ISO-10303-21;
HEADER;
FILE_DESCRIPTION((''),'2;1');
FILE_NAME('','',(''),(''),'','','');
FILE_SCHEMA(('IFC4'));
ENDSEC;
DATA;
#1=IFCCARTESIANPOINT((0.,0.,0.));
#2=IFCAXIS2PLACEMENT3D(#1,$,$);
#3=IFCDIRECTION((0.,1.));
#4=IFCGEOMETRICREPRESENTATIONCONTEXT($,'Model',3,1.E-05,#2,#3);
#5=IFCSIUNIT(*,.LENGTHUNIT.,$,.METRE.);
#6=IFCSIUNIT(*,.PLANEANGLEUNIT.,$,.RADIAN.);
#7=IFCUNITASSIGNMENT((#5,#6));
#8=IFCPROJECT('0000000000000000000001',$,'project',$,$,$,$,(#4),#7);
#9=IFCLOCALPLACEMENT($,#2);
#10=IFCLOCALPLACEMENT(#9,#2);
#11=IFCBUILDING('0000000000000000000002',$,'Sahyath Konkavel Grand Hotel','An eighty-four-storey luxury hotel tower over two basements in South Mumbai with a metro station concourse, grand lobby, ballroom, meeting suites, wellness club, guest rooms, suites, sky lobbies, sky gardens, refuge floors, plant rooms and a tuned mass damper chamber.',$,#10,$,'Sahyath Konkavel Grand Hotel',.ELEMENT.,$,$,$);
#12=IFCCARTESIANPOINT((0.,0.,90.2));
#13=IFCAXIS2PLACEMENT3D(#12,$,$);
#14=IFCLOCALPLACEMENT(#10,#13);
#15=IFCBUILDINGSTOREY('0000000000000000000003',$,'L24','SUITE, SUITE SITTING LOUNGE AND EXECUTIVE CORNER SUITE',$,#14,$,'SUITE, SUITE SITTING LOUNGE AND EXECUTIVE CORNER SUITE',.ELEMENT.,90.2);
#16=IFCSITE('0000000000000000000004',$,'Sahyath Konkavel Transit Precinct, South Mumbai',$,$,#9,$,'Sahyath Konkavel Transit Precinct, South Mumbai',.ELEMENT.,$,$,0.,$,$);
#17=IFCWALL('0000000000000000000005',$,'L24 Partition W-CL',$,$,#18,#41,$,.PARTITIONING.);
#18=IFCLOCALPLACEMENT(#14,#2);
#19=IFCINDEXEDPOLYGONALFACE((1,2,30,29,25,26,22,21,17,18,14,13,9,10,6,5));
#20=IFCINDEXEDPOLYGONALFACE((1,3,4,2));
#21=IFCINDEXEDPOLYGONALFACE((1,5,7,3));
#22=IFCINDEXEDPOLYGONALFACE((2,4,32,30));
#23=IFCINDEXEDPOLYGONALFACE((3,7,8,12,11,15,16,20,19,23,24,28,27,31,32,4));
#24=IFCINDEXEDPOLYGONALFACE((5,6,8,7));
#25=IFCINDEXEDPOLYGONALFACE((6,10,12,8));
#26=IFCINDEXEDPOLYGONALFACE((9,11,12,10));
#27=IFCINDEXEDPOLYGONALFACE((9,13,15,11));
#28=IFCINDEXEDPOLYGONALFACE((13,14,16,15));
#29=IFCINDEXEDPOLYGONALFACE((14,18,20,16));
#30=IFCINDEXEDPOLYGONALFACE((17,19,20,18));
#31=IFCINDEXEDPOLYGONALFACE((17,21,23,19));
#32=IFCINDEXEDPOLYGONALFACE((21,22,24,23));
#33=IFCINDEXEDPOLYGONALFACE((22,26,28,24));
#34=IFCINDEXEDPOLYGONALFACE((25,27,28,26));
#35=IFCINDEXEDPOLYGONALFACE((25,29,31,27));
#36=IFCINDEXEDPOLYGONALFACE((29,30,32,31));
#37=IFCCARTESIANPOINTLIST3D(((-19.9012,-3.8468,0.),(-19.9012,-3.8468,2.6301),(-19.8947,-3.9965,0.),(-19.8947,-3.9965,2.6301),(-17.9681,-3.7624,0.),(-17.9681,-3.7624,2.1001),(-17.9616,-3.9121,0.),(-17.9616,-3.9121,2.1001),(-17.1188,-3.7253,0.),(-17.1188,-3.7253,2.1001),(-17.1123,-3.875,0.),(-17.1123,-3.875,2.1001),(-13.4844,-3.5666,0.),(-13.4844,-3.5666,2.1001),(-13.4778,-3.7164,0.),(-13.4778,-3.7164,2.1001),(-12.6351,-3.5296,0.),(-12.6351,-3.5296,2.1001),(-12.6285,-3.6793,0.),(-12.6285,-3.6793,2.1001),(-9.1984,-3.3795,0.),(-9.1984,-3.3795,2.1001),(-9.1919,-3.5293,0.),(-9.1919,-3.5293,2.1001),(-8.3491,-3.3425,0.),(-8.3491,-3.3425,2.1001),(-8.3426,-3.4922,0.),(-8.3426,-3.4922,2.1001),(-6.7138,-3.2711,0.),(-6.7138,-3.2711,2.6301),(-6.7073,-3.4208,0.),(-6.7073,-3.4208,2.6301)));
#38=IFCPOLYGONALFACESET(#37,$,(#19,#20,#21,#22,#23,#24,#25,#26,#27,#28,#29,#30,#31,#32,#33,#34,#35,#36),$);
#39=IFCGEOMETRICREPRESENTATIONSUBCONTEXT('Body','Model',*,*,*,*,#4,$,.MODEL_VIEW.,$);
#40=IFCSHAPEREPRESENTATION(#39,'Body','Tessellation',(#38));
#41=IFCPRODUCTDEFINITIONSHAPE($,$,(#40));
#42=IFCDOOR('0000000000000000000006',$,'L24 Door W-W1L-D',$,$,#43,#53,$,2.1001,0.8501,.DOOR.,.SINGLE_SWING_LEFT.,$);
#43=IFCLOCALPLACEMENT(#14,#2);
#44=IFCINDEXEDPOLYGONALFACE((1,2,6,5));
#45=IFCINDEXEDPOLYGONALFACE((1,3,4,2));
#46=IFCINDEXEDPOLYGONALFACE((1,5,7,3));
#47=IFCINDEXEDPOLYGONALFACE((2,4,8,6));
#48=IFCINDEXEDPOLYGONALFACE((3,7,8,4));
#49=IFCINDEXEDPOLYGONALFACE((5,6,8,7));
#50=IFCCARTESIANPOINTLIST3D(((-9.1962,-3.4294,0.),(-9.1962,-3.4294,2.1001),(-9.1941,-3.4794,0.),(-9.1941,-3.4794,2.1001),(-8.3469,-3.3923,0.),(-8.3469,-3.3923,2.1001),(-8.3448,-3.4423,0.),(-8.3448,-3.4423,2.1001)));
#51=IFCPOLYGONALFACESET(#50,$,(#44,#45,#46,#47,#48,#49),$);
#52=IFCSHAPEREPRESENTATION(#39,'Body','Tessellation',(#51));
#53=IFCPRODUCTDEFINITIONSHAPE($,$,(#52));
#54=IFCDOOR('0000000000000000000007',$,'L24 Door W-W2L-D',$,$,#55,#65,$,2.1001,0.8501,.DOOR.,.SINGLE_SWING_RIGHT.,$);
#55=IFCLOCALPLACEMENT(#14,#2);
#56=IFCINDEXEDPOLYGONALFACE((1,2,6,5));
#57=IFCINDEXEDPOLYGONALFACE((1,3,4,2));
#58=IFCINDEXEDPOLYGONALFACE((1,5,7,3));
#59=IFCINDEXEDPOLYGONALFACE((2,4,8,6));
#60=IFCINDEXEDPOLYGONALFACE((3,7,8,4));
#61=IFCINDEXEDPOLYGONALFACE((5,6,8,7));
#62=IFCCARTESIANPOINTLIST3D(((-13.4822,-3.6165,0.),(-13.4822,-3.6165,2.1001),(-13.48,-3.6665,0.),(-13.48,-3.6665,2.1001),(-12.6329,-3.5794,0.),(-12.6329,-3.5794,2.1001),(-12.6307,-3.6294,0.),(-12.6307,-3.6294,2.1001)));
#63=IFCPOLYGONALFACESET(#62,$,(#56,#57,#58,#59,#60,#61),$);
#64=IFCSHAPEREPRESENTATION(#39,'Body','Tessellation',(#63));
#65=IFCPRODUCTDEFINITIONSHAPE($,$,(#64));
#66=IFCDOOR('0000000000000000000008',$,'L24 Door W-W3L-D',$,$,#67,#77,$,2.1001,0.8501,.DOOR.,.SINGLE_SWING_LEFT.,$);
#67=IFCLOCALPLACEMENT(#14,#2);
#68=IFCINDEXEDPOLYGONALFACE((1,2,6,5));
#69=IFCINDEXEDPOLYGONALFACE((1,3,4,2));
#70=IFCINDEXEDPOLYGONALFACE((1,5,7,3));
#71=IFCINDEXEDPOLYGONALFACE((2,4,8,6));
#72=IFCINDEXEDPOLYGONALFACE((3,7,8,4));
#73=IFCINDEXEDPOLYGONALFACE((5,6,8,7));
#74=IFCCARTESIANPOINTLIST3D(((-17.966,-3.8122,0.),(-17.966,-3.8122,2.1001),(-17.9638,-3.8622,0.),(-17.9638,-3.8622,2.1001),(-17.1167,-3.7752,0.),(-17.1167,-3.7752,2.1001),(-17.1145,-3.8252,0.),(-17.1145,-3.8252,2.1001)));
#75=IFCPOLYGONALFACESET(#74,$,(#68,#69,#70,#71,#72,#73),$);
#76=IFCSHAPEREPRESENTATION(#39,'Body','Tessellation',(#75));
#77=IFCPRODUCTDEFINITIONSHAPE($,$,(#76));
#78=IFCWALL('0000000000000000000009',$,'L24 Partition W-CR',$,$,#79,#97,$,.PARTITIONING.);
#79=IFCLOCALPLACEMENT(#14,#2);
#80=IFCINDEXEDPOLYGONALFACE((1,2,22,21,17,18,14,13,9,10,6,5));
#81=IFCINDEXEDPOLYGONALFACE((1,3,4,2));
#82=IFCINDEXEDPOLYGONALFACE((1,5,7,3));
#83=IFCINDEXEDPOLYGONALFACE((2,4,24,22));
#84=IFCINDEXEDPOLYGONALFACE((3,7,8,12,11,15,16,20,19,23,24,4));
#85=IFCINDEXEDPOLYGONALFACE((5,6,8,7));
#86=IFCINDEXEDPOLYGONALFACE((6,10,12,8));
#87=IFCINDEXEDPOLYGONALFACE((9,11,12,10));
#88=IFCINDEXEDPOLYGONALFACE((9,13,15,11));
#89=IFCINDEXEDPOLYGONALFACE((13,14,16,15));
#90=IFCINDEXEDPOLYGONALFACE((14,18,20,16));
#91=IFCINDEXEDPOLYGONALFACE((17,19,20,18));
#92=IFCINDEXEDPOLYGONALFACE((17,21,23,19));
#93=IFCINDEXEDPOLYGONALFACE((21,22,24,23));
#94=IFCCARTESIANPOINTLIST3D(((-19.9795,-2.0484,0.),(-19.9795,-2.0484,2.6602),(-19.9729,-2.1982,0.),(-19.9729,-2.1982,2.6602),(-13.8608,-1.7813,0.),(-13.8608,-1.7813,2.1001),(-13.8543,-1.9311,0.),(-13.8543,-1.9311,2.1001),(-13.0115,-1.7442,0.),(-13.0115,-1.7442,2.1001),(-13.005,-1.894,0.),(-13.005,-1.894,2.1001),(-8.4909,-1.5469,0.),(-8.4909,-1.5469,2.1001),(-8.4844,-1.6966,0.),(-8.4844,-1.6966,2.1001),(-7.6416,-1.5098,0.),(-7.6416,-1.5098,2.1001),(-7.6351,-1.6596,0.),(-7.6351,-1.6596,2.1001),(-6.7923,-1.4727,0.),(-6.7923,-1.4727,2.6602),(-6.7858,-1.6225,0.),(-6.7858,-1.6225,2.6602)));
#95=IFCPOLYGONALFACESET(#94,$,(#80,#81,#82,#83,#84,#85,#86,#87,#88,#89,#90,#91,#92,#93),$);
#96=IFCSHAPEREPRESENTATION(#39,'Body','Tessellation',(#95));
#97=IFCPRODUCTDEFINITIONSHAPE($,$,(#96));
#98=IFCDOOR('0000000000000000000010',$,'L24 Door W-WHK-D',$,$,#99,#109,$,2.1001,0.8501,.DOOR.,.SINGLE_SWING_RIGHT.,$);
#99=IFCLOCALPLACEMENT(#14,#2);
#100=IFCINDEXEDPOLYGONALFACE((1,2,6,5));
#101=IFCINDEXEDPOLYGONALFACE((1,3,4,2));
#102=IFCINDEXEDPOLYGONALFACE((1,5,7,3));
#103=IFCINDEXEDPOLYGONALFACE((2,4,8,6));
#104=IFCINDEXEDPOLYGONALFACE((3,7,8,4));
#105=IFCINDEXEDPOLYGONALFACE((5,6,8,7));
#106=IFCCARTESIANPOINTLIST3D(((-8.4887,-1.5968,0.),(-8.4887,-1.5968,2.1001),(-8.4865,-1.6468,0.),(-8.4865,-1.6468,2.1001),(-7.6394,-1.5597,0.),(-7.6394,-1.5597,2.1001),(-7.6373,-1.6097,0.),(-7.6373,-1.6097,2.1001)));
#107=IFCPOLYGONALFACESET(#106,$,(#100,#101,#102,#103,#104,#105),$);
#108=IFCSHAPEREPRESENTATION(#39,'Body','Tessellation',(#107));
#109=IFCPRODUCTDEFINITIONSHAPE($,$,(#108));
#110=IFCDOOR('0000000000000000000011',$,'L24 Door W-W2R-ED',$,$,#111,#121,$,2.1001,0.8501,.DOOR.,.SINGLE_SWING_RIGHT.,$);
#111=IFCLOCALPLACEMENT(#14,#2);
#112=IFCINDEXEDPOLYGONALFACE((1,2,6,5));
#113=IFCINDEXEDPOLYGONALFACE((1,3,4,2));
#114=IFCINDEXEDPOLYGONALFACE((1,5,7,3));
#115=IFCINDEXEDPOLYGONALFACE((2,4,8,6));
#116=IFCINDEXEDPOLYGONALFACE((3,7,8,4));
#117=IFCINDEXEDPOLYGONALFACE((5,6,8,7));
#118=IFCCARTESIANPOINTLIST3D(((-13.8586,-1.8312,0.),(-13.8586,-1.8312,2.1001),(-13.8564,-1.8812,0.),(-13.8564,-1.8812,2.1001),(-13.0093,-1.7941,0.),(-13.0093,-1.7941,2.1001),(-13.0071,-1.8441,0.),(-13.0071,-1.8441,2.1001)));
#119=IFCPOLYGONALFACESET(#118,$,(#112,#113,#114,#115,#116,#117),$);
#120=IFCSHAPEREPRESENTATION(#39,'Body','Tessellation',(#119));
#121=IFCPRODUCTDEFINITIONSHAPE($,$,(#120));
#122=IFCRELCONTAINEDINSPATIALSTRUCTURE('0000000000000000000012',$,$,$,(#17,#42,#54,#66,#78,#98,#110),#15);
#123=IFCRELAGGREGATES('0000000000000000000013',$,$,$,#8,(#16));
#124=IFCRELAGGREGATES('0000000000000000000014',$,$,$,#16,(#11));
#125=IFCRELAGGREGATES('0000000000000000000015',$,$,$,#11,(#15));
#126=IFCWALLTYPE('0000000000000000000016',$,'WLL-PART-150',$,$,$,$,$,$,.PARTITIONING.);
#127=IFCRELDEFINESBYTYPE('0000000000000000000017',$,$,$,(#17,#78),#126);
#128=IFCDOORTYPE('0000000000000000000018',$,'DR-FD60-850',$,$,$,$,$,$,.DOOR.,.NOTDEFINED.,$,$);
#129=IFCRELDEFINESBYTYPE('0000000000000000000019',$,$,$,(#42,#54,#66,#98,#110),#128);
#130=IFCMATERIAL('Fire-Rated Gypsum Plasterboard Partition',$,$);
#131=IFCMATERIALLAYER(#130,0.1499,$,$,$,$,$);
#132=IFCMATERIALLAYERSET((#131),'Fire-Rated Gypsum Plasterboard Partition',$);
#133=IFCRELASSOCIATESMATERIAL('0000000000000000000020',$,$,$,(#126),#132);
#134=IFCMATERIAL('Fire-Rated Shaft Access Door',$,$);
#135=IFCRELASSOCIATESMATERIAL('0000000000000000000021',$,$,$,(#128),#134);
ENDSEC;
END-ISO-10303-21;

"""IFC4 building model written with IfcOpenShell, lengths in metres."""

from ifc_helpers import new_model, si_unit, direction, frame, frame_2d, origin, origin_2d, place, context, subcontext, project, spatial, rectangle, extrude, source, transform, mapped, material, layer, layer_set, type_object, element, fill, save


model = new_model("IFC4")

# Units and contexts
model_context = context("Model", 3, precision=1e-05, world=origin(), true_north=direction((0.0, 1.0)))
body_context = subcontext(model_context, "Body", "Model", "MODEL_VIEW")
ifc_project = project(units=[si_unit("LENGTHUNIT", "METRE"), si_unit("PLANEANGLEUNIT", "RADIAN")], contexts=[model_context])

# Site, building, storey
site_placement = place(None, origin())
site = spatial("IfcSite", under=ifc_project, at=site_placement, Name="Sahyath Konkavel Transit Precinct, South Mumbai", LongName="Sahyath Konkavel Transit Precinct, South Mumbai", CompositionType="ELEMENT", RefElevation=0.0)
building_placement = place(site_placement, origin())
building = spatial("IfcBuilding", under=site, at=building_placement, Name="Sahyath Konkavel Grand Hotel", Description="An eighty-four-storey luxury hotel tower over two basements in South Mumbai with a metro station concourse, grand lobby, ballroom, meeting suites, wellness club, guest rooms, suites, sky lobbies, sky gardens, refuge floors, plant rooms and a tuned mass damper chamber.", LongName="Sahyath Konkavel Grand Hotel", CompositionType="ELEMENT")
storey_placement = place(building_placement, frame((0.0, 0.0, 90.2)))
storey = spatial("IfcBuildingStorey", under=building, at=storey_placement, Name="L24", Description="SUITE, SUITE SITTING LOUNGE AND EXECUTIVE CORNER SUITE", LongName="SUITE, SUITE SITTING LOUNGE AND EXECUTIVE CORNER SUITE", CompositionType="ELEMENT", Elevation=90.2)

# Shared definitions
ifc_material_1 = material(Name="Fire-Rated Gypsum Plasterboard Partition")
ifc_layer_1 = layer(ifc_material_1, 0.1499)
ifc_layer_set_1 = layer_set([ifc_layer_1], Name="Fire-Rated Gypsum Plasterboard Partition")
wall_type_1 = type_object("IfcWallType", Name="WLL-PART-150", PredefinedType="PARTITIONING", material=ifc_layer_set_1)

# Walls, openings, doors
wall_1_placement = place(storey_placement, frame((-6.7104, -3.3459, 0.0), z_axis=(0.0, 0.0, 1.0), x_axis=(-0.999049, -0.043612, 0.0)))
wall_1 = element("IfcWall", 1, at=wall_1_placement, inside=storey, type_object=wall_type_1, Name="L24 Partition W-CL", PredefinedType="PARTITIONING", context=body_context, shape_type="SweptSolid", body=[
    extrude(rectangle(XDim=13.2, YDim=0.1499, at=frame_2d((6.6001, 0.0))), origin(), (0.0, 0.0, 1.0), 2.6301),
])
opening_1_placement = place(wall_1_placement, frame((1.637, 0.0, 0.0)))
opening_1 = element("IfcOpeningElement", 2, at=opening_1_placement, cuts=wall_1, PredefinedType="OPENING", context=body_context, shape_type="SweptSolid", body=[
    extrude(rectangle(XDim=0.8501, YDim=2.1001, at=frame_2d((0.425, 1.05))), frame((0.0, 0.085, 0.0), z_axis=(0.0, -1.0, 0.0), x_axis=(1.0, 0.0, 0.0)), (0.0, 0.0, 1.0), 0.1699),
])
opening_2_placement = place(wall_1_placement, frame((5.927, 0.0, 0.0)))
opening_2 = element("IfcOpeningElement", 3, at=opening_2_placement, cuts=wall_1, PredefinedType="OPENING", context=body_context, shape_type="SweptSolid", body=[
    extrude(rectangle(XDim=0.8501, YDim=2.1001, at=frame_2d((0.425, 1.05))), frame((0.0, 0.085, 0.0), z_axis=(0.0, -1.0, 0.0), x_axis=(1.0, 0.0, 0.0)), (0.0, 0.0, 1.0), 0.1699),
])
opening_3_placement = place(wall_1_placement, frame((10.415, 0.0, 0.0)))
opening_3 = element("IfcOpeningElement", 4, at=opening_3_placement, cuts=wall_1, PredefinedType="OPENING", context=body_context, shape_type="SweptSolid", body=[
    extrude(rectangle(XDim=0.8501, YDim=2.1001, at=frame_2d((0.425, 1.05))), frame((0.0, 0.085, 0.0), z_axis=(0.0, -1.0, 0.0), x_axis=(1.0, 0.0, 0.0)), (0.0, 0.0, 1.0), 0.1699),
])
ifc_material_2 = material(Name="Fire-Rated Shaft Access Door")
door_type_1 = type_object("IfcDoorType", Name="DR-FD60-850", OperationType="NOTDEFINED", PredefinedType="DOOR", material=ifc_material_2)
shared_shape_1 = source(origin(), body_context, "Body", "SweptSolid", [
    extrude(rectangle(XDim=0.8501, YDim=0.05, at=origin_2d()), origin(), (0.0, 0.0, 1.0), 2.1001),
])
door_1_placement = place(opening_1_placement, frame((0.425, 0.0, 0.0)))
door_1 = element("IfcDoor", 5, at=door_1_placement, inside=storey, type_object=door_type_1, Name="L24 Door W-W1L-D", OperationType="SINGLE_SWING_LEFT", OverallHeight=2.1001, OverallWidth=0.8501, PredefinedType="DOOR", context=body_context, shape_type="MappedRepresentation", body=[
    mapped(shared_shape_1, transform((0.0, 0.0, 0.0), scale=1.0)),
])
fill(opening_1, door_1)
door_2_placement = place(opening_2_placement, frame((0.425, 0.0, 0.0)))
door_2 = element("IfcDoor", 6, at=door_2_placement, inside=storey, type_object=door_type_1, Name="L24 Door W-W2L-D", OperationType="SINGLE_SWING_RIGHT", OverallHeight=2.1001, OverallWidth=0.8501, PredefinedType="DOOR", context=body_context, shape_type="MappedRepresentation", body=[
    mapped(shared_shape_1, transform((0.0, 0.0, 0.0), scale=1.0)),
])
fill(opening_2, door_2)
door_3_placement = place(opening_3_placement, frame((0.425, 0.0, 0.0)))
door_3 = element("IfcDoor", 7, at=door_3_placement, inside=storey, type_object=door_type_1, Name="L24 Door W-W3L-D", OperationType="SINGLE_SWING_LEFT", OverallHeight=2.1001, OverallWidth=0.8501, PredefinedType="DOOR", context=body_context, shape_type="MappedRepresentation", body=[
    mapped(shared_shape_1, transform((0.0, 0.0, 0.0), scale=1.0)),
])
fill(opening_3, door_3)
wall_2_placement = place(storey_placement, frame((-6.7891, -1.5476, 0.0), z_axis=(0.0, 0.0, 1.0), x_axis=(-0.999049, -0.043613, 0.0)))
wall_2 = element("IfcWall", 8, at=wall_2_placement, inside=storey, type_object=wall_type_1, Name="L24 Partition W-CR", PredefinedType="PARTITIONING", context=body_context, shape_type="SweptSolid", body=[
    extrude(rectangle(XDim=13.1997, YDim=0.1499, at=frame_2d((6.5999, 0.0))), origin(), (0.0, 0.0, 1.0), 2.6602),
])
opening_4_placement = place(wall_2_placement, frame((0.8501, 0.0, 0.0)))
opening_4 = element("IfcOpeningElement", 9, at=opening_4_placement, cuts=wall_2, PredefinedType="OPENING", context=body_context, shape_type="SweptSolid", body=[
    extrude(rectangle(XDim=0.8501, YDim=2.1001, at=frame_2d((0.425, 1.05))), frame((0.0, 0.085, 0.0), z_axis=(0.0, -1.0, 0.0), x_axis=(1.0, 0.0, 0.0)), (0.0, 0.0, 1.0), 0.1699),
])
opening_5_placement = place(wall_2_placement, frame((6.2251, 0.0, 0.0)))
opening_5 = element("IfcOpeningElement", 10, at=opening_5_placement, cuts=wall_2, PredefinedType="OPENING", context=body_context, shape_type="SweptSolid", body=[
    extrude(rectangle(XDim=0.8501, YDim=2.1001, at=frame_2d((0.425, 1.05))), frame((0.0, 0.085, 0.0), z_axis=(0.0, -1.0, 0.0), x_axis=(1.0, 0.0, 0.0)), (0.0, 0.0, 1.0), 0.1699),
])
door_4_placement = place(opening_4_placement, frame((0.425, 0.0, 0.0)))
door_4 = element("IfcDoor", 11, at=door_4_placement, inside=storey, type_object=door_type_1, Name="L24 Door W-WHK-D", OperationType="SINGLE_SWING_RIGHT", OverallHeight=2.1001, OverallWidth=0.8501, PredefinedType="DOOR", context=body_context, shape_type="MappedRepresentation", body=[
    mapped(shared_shape_1, transform((0.0, 0.0, 0.0), scale=1.0)),
])
fill(opening_4, door_4)
door_5_placement = place(opening_5_placement, frame((0.425, 0.0, 0.0)))
door_5 = element("IfcDoor", 12, at=door_5_placement, inside=storey, type_object=door_type_1, Name="L24 Door W-W2R-ED", OperationType="SINGLE_SWING_RIGHT", OverallHeight=2.1001, OverallWidth=0.8501, PredefinedType="DOOR", context=body_context, shape_type="MappedRepresentation", body=[
    mapped(shared_shape_1, transform((0.0, 0.0, 0.0), scale=1.0)),
])
fill(opening_5, door_5)

save(model, "model.ifc")
